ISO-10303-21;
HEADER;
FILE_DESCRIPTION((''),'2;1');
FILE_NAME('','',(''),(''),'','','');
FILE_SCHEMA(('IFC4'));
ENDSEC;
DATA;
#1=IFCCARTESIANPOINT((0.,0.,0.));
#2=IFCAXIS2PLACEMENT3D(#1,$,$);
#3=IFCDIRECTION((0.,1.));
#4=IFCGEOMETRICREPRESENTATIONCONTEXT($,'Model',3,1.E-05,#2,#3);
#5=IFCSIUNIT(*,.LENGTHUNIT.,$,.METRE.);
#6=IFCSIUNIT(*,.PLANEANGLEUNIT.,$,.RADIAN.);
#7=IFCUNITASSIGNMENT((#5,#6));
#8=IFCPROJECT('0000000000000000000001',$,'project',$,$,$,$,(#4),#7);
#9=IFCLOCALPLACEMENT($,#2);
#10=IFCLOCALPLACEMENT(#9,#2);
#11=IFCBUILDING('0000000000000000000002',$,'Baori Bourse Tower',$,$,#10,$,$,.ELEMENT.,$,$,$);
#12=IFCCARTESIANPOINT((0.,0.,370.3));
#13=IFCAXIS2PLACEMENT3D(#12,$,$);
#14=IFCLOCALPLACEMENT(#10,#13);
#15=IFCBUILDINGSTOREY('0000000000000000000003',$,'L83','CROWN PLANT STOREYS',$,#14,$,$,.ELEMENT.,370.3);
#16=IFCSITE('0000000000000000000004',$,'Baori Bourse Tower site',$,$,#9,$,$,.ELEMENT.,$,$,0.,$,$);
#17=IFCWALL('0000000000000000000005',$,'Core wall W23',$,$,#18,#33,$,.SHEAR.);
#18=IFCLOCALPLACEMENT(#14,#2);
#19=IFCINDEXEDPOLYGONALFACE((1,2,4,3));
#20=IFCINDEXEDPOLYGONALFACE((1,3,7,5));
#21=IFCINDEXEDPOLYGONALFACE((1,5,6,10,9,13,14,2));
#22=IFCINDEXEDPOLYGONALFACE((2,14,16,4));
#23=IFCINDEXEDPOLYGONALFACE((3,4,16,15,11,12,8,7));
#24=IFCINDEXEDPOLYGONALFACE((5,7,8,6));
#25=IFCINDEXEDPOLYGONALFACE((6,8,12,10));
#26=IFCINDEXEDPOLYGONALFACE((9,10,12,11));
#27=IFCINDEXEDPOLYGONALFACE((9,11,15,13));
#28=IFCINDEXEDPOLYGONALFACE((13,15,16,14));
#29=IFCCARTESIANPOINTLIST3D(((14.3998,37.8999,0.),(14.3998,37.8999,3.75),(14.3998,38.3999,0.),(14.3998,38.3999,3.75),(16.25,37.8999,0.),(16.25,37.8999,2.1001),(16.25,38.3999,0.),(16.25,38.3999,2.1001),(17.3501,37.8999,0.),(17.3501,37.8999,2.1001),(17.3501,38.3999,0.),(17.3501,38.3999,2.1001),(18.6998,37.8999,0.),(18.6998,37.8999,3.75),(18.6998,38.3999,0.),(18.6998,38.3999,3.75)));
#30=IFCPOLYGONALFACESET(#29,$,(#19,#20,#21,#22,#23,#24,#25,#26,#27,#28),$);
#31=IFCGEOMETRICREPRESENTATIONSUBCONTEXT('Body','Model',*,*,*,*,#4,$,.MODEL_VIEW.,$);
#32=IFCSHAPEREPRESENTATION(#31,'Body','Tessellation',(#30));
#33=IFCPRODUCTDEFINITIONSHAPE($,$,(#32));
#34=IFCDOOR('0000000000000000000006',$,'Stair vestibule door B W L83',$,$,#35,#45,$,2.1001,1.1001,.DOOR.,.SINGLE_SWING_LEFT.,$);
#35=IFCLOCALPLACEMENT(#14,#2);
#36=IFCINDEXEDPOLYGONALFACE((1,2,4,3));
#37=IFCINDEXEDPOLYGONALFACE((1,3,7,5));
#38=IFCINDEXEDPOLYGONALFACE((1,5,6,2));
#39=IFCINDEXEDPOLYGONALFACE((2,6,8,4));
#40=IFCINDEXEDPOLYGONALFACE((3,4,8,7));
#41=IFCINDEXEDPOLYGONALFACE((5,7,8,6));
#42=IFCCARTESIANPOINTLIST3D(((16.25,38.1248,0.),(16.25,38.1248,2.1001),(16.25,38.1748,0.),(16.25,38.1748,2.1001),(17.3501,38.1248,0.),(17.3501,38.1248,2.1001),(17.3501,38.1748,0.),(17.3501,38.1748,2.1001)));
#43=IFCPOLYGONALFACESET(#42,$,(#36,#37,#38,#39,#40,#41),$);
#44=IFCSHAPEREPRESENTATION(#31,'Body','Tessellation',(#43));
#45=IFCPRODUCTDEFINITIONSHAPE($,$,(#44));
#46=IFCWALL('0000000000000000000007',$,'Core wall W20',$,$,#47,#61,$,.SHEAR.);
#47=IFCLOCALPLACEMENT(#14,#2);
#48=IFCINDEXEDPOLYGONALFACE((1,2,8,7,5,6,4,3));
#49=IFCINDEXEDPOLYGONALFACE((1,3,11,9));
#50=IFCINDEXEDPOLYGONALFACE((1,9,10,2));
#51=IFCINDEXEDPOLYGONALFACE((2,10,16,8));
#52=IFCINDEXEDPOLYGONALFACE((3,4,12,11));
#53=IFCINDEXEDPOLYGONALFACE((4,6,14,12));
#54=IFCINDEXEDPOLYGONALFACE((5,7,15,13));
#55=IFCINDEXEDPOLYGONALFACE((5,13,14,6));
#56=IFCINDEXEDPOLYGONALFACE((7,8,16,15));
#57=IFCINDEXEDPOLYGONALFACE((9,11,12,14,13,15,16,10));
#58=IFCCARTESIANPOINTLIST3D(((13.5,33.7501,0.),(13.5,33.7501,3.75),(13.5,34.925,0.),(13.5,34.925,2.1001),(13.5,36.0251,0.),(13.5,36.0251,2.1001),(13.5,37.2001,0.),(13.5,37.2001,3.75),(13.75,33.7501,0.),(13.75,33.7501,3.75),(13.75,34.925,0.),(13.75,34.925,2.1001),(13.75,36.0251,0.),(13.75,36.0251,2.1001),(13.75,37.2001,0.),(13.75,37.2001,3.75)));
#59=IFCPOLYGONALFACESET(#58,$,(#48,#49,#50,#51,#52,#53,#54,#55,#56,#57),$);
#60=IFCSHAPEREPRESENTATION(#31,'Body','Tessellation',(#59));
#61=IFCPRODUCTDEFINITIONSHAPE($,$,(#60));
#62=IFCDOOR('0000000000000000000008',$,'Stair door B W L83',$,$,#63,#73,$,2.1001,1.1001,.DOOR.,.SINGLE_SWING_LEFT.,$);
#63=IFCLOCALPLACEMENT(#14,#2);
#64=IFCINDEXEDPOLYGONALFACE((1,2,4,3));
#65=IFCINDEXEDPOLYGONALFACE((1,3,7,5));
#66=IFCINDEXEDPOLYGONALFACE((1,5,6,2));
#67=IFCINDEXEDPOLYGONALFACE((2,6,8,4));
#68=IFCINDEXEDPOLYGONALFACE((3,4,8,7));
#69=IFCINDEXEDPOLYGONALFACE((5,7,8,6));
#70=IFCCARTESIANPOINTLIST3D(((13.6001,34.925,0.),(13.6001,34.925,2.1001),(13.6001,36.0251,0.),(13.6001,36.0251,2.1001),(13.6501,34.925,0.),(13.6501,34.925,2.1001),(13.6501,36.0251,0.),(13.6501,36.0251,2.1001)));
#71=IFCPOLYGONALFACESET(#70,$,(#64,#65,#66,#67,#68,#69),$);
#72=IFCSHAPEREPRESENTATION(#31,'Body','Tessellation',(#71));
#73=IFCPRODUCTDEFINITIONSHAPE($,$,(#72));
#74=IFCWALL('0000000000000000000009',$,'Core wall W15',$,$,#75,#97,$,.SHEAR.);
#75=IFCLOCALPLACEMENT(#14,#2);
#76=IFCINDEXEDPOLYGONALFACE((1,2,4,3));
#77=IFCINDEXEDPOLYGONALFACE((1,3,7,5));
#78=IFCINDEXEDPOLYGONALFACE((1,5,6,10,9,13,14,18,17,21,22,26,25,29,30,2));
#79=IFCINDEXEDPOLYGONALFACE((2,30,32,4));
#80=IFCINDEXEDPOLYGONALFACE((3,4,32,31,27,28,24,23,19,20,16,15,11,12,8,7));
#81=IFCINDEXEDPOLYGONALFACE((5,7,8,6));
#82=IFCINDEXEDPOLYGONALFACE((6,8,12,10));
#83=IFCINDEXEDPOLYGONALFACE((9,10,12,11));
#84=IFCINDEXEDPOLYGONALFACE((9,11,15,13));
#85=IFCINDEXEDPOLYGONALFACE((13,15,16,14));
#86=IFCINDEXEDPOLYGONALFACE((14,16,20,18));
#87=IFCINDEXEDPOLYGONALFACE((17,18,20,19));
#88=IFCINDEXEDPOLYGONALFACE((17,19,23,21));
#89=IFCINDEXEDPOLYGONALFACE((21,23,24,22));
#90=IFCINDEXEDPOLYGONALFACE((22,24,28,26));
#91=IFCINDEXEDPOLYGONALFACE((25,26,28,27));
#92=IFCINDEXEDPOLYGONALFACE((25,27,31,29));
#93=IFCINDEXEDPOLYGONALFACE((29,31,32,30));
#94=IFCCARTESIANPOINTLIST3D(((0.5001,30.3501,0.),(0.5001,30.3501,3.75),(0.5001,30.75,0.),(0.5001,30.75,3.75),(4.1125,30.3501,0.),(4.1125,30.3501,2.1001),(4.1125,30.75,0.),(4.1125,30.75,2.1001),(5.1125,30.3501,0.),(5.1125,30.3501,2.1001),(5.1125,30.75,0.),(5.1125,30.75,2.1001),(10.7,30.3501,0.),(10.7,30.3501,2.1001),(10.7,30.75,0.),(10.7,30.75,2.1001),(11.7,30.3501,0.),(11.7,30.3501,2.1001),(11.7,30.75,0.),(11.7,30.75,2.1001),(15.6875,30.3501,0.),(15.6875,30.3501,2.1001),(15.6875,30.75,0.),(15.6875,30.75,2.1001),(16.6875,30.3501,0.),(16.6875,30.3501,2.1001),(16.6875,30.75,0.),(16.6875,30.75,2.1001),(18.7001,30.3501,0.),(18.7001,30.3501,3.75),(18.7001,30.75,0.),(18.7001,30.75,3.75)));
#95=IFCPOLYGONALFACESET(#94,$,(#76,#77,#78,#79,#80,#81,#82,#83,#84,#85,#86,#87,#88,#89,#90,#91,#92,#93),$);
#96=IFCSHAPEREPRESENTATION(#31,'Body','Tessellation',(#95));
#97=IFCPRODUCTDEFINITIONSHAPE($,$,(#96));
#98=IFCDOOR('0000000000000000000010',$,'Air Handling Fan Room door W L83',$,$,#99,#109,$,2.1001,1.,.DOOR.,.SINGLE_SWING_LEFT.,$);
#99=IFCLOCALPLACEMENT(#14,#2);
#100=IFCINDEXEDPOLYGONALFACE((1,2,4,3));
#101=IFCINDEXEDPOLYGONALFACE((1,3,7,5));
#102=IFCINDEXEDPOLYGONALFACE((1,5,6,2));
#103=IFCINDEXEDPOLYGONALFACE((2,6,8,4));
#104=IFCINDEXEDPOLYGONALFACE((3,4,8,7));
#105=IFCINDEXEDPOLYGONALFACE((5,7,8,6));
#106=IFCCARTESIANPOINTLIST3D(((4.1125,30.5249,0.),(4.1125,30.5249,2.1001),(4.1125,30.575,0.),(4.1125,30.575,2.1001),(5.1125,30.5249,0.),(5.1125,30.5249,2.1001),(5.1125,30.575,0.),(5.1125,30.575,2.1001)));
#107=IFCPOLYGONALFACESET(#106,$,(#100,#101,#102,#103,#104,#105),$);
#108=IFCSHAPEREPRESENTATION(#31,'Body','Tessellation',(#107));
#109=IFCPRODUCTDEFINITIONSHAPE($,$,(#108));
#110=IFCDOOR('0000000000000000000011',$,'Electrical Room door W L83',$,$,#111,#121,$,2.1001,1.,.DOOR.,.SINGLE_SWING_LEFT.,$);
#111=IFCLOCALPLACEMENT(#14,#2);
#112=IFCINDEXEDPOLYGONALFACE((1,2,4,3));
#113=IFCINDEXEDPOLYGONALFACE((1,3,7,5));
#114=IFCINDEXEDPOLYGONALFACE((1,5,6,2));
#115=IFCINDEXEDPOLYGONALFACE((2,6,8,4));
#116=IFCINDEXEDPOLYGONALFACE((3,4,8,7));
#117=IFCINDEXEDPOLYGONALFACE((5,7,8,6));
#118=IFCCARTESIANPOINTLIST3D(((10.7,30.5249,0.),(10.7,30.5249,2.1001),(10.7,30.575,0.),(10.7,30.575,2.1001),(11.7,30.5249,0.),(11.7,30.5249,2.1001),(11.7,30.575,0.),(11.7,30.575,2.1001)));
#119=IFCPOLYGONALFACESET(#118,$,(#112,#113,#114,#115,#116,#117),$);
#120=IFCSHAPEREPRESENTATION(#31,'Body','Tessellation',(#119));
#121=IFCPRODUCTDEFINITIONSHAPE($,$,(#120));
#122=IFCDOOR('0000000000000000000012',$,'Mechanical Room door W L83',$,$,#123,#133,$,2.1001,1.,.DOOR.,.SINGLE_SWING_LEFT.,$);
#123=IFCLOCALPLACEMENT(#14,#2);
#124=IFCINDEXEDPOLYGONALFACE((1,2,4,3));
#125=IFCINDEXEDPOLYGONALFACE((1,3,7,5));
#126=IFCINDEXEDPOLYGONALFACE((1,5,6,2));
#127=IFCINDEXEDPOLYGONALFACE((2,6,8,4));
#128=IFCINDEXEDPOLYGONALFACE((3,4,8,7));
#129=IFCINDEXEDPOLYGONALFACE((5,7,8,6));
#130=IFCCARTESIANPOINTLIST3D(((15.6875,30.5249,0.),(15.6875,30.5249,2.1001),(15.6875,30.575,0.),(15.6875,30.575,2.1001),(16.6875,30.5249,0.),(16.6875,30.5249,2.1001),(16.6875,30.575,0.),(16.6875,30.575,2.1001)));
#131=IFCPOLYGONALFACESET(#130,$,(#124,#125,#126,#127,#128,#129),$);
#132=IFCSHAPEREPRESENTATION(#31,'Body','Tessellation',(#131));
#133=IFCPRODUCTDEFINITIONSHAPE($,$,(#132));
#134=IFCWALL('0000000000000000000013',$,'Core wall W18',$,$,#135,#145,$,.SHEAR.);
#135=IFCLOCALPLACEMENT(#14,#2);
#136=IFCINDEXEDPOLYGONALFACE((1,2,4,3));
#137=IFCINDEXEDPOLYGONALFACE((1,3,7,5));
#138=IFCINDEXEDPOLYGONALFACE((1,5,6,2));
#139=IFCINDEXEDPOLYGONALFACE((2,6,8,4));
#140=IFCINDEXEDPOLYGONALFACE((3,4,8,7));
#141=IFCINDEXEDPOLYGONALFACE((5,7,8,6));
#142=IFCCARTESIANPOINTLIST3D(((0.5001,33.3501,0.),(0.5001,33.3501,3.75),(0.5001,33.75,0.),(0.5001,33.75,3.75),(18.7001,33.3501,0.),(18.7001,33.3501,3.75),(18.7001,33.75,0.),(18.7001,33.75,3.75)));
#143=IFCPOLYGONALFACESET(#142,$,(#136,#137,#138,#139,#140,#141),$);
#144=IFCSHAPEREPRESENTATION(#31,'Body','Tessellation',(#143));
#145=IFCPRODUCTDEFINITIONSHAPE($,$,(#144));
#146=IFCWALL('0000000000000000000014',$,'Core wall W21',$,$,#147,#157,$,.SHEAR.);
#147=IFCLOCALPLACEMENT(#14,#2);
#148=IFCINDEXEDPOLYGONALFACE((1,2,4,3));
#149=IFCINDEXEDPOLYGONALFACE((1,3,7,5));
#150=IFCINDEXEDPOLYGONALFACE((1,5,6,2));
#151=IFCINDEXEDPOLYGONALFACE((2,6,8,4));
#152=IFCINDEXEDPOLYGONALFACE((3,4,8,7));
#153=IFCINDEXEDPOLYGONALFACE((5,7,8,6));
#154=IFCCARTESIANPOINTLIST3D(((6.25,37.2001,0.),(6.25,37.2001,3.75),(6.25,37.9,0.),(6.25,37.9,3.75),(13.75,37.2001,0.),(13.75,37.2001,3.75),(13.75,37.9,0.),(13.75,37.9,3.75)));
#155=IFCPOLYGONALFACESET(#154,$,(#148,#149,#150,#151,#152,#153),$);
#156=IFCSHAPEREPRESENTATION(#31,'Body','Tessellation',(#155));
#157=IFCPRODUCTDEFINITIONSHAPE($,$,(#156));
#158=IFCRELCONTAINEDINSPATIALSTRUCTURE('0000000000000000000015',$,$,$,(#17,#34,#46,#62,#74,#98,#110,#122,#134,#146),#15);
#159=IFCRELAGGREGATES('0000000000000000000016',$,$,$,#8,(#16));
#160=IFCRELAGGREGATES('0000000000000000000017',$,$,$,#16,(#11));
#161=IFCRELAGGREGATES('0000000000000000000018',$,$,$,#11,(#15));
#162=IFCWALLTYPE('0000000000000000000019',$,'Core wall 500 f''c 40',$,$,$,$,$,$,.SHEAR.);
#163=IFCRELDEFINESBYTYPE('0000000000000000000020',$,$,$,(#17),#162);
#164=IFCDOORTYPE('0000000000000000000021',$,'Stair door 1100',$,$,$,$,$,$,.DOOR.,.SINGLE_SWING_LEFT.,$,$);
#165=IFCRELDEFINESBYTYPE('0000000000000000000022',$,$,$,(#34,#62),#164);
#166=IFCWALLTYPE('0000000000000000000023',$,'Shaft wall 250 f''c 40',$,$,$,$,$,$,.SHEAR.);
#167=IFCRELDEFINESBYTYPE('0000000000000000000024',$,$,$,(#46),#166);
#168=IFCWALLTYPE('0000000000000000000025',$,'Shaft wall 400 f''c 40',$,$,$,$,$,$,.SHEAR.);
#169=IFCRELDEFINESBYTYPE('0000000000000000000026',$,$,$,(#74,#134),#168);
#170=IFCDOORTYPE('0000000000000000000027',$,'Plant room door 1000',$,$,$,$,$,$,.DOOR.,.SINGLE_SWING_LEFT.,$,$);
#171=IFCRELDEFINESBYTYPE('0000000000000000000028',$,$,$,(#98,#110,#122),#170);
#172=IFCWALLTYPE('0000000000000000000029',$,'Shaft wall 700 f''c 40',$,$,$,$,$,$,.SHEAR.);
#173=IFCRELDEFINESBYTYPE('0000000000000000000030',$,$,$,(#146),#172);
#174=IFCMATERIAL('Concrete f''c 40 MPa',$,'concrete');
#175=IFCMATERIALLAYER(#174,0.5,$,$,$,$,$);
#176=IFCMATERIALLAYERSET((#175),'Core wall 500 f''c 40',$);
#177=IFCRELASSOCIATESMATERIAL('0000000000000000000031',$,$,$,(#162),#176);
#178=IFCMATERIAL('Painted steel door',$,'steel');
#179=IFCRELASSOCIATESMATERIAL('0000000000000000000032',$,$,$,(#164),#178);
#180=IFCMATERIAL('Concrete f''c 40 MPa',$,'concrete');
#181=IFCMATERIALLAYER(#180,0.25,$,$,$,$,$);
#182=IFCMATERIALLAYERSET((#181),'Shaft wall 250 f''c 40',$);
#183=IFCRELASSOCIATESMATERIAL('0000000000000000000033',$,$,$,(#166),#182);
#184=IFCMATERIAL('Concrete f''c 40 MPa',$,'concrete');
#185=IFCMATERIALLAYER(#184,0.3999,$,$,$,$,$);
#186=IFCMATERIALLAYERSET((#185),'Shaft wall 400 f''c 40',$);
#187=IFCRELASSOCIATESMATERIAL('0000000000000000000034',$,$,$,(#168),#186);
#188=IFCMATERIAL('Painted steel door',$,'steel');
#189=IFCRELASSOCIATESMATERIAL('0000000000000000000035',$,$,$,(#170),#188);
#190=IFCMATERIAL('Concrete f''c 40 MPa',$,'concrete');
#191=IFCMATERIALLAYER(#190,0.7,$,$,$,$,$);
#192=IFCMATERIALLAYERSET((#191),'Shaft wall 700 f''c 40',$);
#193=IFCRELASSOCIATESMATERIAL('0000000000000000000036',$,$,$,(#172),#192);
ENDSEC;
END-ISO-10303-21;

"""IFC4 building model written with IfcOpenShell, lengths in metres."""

from ifc_helpers import new_model, si_unit, direction, frame, frame_2d, origin, place, context, subcontext, project, spatial, rectangle, extrude, material, layer, layer_set, type_object, element, fill, save


model = new_model("IFC4")

# Units and contexts
model_context = context("Model", 3, precision=1e-05, world=origin(), true_north=direction((0.0, 1.0)))
body_context = subcontext(model_context, "Body", "Model", "MODEL_VIEW")
ifc_project = project(units=[si_unit("LENGTHUNIT", "METRE"), si_unit("PLANEANGLEUNIT", "RADIAN")], contexts=[model_context])

# Site, building, storey
site_placement = place(None, origin())
site = spatial("IfcSite", under=ifc_project, at=site_placement, Name="Baori Bourse Tower site", CompositionType="ELEMENT", RefElevation=0.0)
building_placement = place(site_placement, origin())
building = spatial("IfcBuilding", under=site, at=building_placement, Name="Baori Bourse Tower", CompositionType="ELEMENT")
storey_placement = place(building_placement, frame((0.0, 0.0, 370.3)))
storey = spatial("IfcBuildingStorey", under=building, at=storey_placement, Name="L83", Description="CROWN PLANT STOREYS", CompositionType="ELEMENT", Elevation=370.3)

# Shared definitions
ifc_material_1 = material(Name="Concrete f'c 40 MPa", Category="concrete")
ifc_layer_1 = layer(ifc_material_1, 0.5)
ifc_layer_set_1 = layer_set([ifc_layer_1], Name="Core wall 500 f'c 40")
wall_type_1 = type_object("IfcWallType", Name="Core wall 500 f'c 40", PredefinedType="SHEAR", material=ifc_layer_set_1)

# Walls, openings, doors
wall_1_placement = place(storey_placement, frame((14.3999, 38.1499, 0.0), z_axis=(0.0, 0.0, 1.0), x_axis=(1.0, 0.0, 0.0)))
wall_1 = element("IfcWall", 1, at=wall_1_placement, inside=storey, type_object=wall_type_1, Name="Core wall W23", PredefinedType="SHEAR", context=body_context, shape_type="SweptSolid", body=[
    extrude(rectangle(XDim=4.3, YDim=0.5, at=frame_2d((2.1499, 0.0))), origin(), (0.0, 0.0, 1.0), 3.75),
])
opening_1_placement = place(wall_1_placement, frame((1.8501, 0.0, 0.0)))
opening_1 = element("IfcOpeningElement", 2, at=opening_1_placement, cuts=wall_1, PredefinedType="OPENING", context=body_context, shape_type="SweptSolid", body=[
    extrude(rectangle(XDim=1.1001, YDim=2.1001, at=frame_2d((0.55, 1.05))), frame((0.0, 0.26, 0.0), z_axis=(0.0, -1.0, 0.0), x_axis=(1.0, 0.0, 0.0)), (0.0, 0.0, 1.0), 0.52),
])
ifc_material_2 = material(Name="Painted steel door", Category="steel")
door_type_1 = type_object("IfcDoorType", Name="Stair door 1100", OperationType="SINGLE_SWING_LEFT", PredefinedType="DOOR", material=ifc_material_2)
door_1_placement = place(opening_1_placement, origin())
door_1 = element("IfcDoor", 3, at=door_1_placement, inside=storey, type_object=door_type_1, Name="Stair vestibule door B W L83", OperationType="SINGLE_SWING_LEFT", OverallHeight=2.1001, OverallWidth=1.1001, PredefinedType="DOOR", context=body_context, shape_type="SweptSolid", body=[
    extrude(rectangle(XDim=1.1001, YDim=2.1001, at=frame_2d((0.55, 1.05))), frame((0.0, 0.0249, 0.0), z_axis=(0.0, -1.0, 0.0), x_axis=(1.0, 0.0, 0.0)), (0.0, 0.0, 1.0), 0.05),
])
fill(opening_1, door_1)
ifc_material_3 = material(Name="Concrete f'c 40 MPa", Category="concrete")
ifc_layer_2 = layer(ifc_material_3, 0.25)
ifc_layer_set_2 = layer_set([ifc_layer_2], Name="Shaft wall 250 f'c 40")
wall_type_2 = type_object("IfcWallType", Name="Shaft wall 250 f'c 40", PredefinedType="SHEAR", material=ifc_layer_set_2)
wall_2_placement = place(storey_placement, frame((13.625, 33.75, 0.0), z_axis=(0.0, 0.0, 1.0), x_axis=(0.0, 1.0, 0.0)))
wall_2 = element("IfcWall", 4, at=wall_2_placement, inside=storey, type_object=wall_type_2, Name="Core wall W20", PredefinedType="SHEAR", context=body_context, shape_type="SweptSolid", body=[
    extrude(rectangle(XDim=3.45, YDim=0.25, at=frame_2d((1.7251, 0.0))), origin(), (0.0, 0.0, 1.0), 3.75),
])
opening_2_placement = place(wall_2_placement, frame((1.175, 0.0, 0.0)))
opening_2 = element("IfcOpeningElement", 5, at=opening_2_placement, cuts=wall_2, PredefinedType="OPENING", context=body_context, shape_type="SweptSolid", body=[
    extrude(rectangle(XDim=1.1001, YDim=2.1001, at=frame_2d((0.55, 1.05))), frame((0.0, 0.135, 0.0), z_axis=(0.0, -1.0, 0.0), x_axis=(1.0, 0.0, 0.0)), (0.0, 0.0, 1.0), 0.27),
])
door_2_placement = place(opening_2_placement, origin())
door_2 = element("IfcDoor", 6, at=door_2_placement, inside=storey, type_object=door_type_1, Name="Stair door B W L83", OperationType="SINGLE_SWING_LEFT", OverallHeight=2.1001, OverallWidth=1.1001, PredefinedType="DOOR", context=body_context, shape_type="SweptSolid", body=[
    extrude(rectangle(XDim=1.1001, YDim=2.1001, at=frame_2d((0.55, 1.05))), frame((0.0, 0.0249, 0.0), z_axis=(0.0, -1.0, 0.0), x_axis=(1.0, 0.0, 0.0)), (0.0, 0.0, 1.0), 0.05),
])
fill(opening_2, door_2)

# Wall, openings, doors
ifc_material_4 = material(Name="Concrete f'c 40 MPa", Category="concrete")
ifc_layer_3 = layer(ifc_material_4, 0.3999)
ifc_layer_set_3 = layer_set([ifc_layer_3], Name="Shaft wall 400 f'c 40")
wall_type_3 = type_object("IfcWallType", Name="Shaft wall 400 f'c 40", PredefinedType="SHEAR", material=ifc_layer_set_3)
wall_3_placement = place(storey_placement, frame((0.5, 30.55, 0.0), z_axis=(0.0, 0.0, 1.0), x_axis=(1.0, 0.0, 0.0)))
wall_3 = element("IfcWall", 7, at=wall_3_placement, inside=storey, type_object=wall_type_3, Name="Core wall W15", PredefinedType="SHEAR", context=body_context, shape_type="SweptSolid", body=[
    extrude(rectangle(XDim=18.2, YDim=0.3999, at=frame_2d((9.1001, 0.0))), origin(), (0.0, 0.0, 1.0), 3.75),
])
opening_3_placement = place(wall_3_placement, frame((3.6125, 0.0, 0.0)))
opening_3 = element("IfcOpeningElement", 8, at=opening_3_placement, cuts=wall_3, PredefinedType="OPENING", context=body_context, shape_type="SweptSolid", body=[
    extrude(rectangle(XDim=1.0, YDim=2.1001, at=frame_2d((0.5, 1.05))), frame((0.0, 0.21, 0.0), z_axis=(0.0, -1.0, 0.0), x_axis=(1.0, 0.0, 0.0)), (0.0, 0.0, 1.0), 0.4199),
])
opening_4_placement = place(wall_3_placement, frame((10.2, 0.0, 0.0)))
opening_4 = element("IfcOpeningElement", 9, at=opening_4_placement, cuts=wall_3, PredefinedType="OPENING", context=body_context, shape_type="SweptSolid", body=[
    extrude(rectangle(XDim=1.0, YDim=2.1001, at=frame_2d((0.5, 1.05))), frame((0.0, 0.21, 0.0), z_axis=(0.0, -1.0, 0.0), x_axis=(1.0, 0.0, 0.0)), (0.0, 0.0, 1.0), 0.4199),
])
opening_5_placement = place(wall_3_placement, frame((15.1875, 0.0, 0.0)))
opening_5 = element("IfcOpeningElement", 10, at=opening_5_placement, cuts=wall_3, PredefinedType="OPENING", context=body_context, shape_type="SweptSolid", body=[
    extrude(rectangle(XDim=1.0, YDim=2.1001, at=frame_2d((0.5, 1.05))), frame((0.0, 0.21, 0.0), z_axis=(0.0, -1.0, 0.0), x_axis=(1.0, 0.0, 0.0)), (0.0, 0.0, 1.0), 0.4199),
])
ifc_material_5 = material(Name="Painted steel door", Category="steel")
door_type_2 = type_object("IfcDoorType", Name="Plant room door 1000", OperationType="SINGLE_SWING_LEFT", PredefinedType="DOOR", material=ifc_material_5)
door_3_placement = place(opening_3_placement, origin())
door_3 = element("IfcDoor", 11, at=door_3_placement, inside=storey, type_object=door_type_2, Name="Air Handling Fan Room door W L83", OperationType="SINGLE_SWING_LEFT", OverallHeight=2.1001, OverallWidth=1.0, PredefinedType="DOOR", context=body_context, shape_type="SweptSolid", body=[
    extrude(rectangle(XDim=1.0, YDim=2.1001, at=frame_2d((0.5, 1.05))), frame((0.0, 0.0249, 0.0), z_axis=(0.0, -1.0, 0.0), x_axis=(1.0, 0.0, 0.0)), (0.0, 0.0, 1.0), 0.05),
])
fill(opening_3, door_3)
door_4_placement = place(opening_4_placement, origin())
door_4 = element("IfcDoor", 12, at=door_4_placement, inside=storey, type_object=door_type_2, Name="Electrical Room door W L83", OperationType="SINGLE_SWING_LEFT", OverallHeight=2.1001, OverallWidth=1.0, PredefinedType="DOOR", context=body_context, shape_type="SweptSolid", body=[
    extrude(rectangle(XDim=1.0, YDim=2.1001, at=frame_2d((0.5, 1.05))), frame((0.0, 0.0249, 0.0), z_axis=(0.0, -1.0, 0.0), x_axis=(1.0, 0.0, 0.0)), (0.0, 0.0, 1.0), 0.05),
])
fill(opening_4, door_4)
door_5_placement = place(opening_5_placement, origin())
door_5 = element("IfcDoor", 13, at=door_5_placement, inside=storey, type_object=door_type_2, Name="Mechanical Room door W L83", OperationType="SINGLE_SWING_LEFT", OverallHeight=2.1001, OverallWidth=1.0, PredefinedType="DOOR", context=body_context, shape_type="SweptSolid", body=[
    extrude(rectangle(XDim=1.0, YDim=2.1001, at=frame_2d((0.5, 1.05))), frame((0.0, 0.0249, 0.0), z_axis=(0.0, -1.0, 0.0), x_axis=(1.0, 0.0, 0.0)), (0.0, 0.0, 1.0), 0.05),
])
fill(opening_5, door_5)

# Walls
wall_4_placement = place(storey_placement, frame((0.5, 33.55, 0.0), z_axis=(0.0, 0.0, 1.0), x_axis=(1.0, 0.0, 0.0)))
element("IfcWall", 14, at=wall_4_placement, inside=storey, type_object=wall_type_3, Name="Core wall W18", PredefinedType="SHEAR", context=body_context, shape_type="SweptSolid", body=[
    extrude(rectangle(XDim=18.2, YDim=0.3999, at=frame_2d((9.1001, 0.0))), origin(), (0.0, 0.0, 1.0), 3.75),
])
ifc_material_6 = material(Name="Concrete f'c 40 MPa", Category="concrete")
ifc_layer_4 = layer(ifc_material_6, 0.7)
ifc_layer_set_4 = layer_set([ifc_layer_4], Name="Shaft wall 700 f'c 40")
wall_type_4 = type_object("IfcWallType", Name="Shaft wall 700 f'c 40", PredefinedType="SHEAR", material=ifc_layer_set_4)
wall_5_placement = place(storey_placement, frame((6.25, 37.55, 0.0), z_axis=(0.0, 0.0, 1.0), x_axis=(1.0, 0.0, 0.0)))
element("IfcWall", 15, at=wall_5_placement, inside=storey, type_object=wall_type_4, Name="Core wall W21", PredefinedType="SHEAR", context=body_context, shape_type="SweptSolid", body=[
    extrude(rectangle(XDim=7.5, YDim=0.7, at=frame_2d((3.75, 0.0))), origin(), (0.0, 0.0, 1.0), 3.75),
])

save(model, "model.ifc")
